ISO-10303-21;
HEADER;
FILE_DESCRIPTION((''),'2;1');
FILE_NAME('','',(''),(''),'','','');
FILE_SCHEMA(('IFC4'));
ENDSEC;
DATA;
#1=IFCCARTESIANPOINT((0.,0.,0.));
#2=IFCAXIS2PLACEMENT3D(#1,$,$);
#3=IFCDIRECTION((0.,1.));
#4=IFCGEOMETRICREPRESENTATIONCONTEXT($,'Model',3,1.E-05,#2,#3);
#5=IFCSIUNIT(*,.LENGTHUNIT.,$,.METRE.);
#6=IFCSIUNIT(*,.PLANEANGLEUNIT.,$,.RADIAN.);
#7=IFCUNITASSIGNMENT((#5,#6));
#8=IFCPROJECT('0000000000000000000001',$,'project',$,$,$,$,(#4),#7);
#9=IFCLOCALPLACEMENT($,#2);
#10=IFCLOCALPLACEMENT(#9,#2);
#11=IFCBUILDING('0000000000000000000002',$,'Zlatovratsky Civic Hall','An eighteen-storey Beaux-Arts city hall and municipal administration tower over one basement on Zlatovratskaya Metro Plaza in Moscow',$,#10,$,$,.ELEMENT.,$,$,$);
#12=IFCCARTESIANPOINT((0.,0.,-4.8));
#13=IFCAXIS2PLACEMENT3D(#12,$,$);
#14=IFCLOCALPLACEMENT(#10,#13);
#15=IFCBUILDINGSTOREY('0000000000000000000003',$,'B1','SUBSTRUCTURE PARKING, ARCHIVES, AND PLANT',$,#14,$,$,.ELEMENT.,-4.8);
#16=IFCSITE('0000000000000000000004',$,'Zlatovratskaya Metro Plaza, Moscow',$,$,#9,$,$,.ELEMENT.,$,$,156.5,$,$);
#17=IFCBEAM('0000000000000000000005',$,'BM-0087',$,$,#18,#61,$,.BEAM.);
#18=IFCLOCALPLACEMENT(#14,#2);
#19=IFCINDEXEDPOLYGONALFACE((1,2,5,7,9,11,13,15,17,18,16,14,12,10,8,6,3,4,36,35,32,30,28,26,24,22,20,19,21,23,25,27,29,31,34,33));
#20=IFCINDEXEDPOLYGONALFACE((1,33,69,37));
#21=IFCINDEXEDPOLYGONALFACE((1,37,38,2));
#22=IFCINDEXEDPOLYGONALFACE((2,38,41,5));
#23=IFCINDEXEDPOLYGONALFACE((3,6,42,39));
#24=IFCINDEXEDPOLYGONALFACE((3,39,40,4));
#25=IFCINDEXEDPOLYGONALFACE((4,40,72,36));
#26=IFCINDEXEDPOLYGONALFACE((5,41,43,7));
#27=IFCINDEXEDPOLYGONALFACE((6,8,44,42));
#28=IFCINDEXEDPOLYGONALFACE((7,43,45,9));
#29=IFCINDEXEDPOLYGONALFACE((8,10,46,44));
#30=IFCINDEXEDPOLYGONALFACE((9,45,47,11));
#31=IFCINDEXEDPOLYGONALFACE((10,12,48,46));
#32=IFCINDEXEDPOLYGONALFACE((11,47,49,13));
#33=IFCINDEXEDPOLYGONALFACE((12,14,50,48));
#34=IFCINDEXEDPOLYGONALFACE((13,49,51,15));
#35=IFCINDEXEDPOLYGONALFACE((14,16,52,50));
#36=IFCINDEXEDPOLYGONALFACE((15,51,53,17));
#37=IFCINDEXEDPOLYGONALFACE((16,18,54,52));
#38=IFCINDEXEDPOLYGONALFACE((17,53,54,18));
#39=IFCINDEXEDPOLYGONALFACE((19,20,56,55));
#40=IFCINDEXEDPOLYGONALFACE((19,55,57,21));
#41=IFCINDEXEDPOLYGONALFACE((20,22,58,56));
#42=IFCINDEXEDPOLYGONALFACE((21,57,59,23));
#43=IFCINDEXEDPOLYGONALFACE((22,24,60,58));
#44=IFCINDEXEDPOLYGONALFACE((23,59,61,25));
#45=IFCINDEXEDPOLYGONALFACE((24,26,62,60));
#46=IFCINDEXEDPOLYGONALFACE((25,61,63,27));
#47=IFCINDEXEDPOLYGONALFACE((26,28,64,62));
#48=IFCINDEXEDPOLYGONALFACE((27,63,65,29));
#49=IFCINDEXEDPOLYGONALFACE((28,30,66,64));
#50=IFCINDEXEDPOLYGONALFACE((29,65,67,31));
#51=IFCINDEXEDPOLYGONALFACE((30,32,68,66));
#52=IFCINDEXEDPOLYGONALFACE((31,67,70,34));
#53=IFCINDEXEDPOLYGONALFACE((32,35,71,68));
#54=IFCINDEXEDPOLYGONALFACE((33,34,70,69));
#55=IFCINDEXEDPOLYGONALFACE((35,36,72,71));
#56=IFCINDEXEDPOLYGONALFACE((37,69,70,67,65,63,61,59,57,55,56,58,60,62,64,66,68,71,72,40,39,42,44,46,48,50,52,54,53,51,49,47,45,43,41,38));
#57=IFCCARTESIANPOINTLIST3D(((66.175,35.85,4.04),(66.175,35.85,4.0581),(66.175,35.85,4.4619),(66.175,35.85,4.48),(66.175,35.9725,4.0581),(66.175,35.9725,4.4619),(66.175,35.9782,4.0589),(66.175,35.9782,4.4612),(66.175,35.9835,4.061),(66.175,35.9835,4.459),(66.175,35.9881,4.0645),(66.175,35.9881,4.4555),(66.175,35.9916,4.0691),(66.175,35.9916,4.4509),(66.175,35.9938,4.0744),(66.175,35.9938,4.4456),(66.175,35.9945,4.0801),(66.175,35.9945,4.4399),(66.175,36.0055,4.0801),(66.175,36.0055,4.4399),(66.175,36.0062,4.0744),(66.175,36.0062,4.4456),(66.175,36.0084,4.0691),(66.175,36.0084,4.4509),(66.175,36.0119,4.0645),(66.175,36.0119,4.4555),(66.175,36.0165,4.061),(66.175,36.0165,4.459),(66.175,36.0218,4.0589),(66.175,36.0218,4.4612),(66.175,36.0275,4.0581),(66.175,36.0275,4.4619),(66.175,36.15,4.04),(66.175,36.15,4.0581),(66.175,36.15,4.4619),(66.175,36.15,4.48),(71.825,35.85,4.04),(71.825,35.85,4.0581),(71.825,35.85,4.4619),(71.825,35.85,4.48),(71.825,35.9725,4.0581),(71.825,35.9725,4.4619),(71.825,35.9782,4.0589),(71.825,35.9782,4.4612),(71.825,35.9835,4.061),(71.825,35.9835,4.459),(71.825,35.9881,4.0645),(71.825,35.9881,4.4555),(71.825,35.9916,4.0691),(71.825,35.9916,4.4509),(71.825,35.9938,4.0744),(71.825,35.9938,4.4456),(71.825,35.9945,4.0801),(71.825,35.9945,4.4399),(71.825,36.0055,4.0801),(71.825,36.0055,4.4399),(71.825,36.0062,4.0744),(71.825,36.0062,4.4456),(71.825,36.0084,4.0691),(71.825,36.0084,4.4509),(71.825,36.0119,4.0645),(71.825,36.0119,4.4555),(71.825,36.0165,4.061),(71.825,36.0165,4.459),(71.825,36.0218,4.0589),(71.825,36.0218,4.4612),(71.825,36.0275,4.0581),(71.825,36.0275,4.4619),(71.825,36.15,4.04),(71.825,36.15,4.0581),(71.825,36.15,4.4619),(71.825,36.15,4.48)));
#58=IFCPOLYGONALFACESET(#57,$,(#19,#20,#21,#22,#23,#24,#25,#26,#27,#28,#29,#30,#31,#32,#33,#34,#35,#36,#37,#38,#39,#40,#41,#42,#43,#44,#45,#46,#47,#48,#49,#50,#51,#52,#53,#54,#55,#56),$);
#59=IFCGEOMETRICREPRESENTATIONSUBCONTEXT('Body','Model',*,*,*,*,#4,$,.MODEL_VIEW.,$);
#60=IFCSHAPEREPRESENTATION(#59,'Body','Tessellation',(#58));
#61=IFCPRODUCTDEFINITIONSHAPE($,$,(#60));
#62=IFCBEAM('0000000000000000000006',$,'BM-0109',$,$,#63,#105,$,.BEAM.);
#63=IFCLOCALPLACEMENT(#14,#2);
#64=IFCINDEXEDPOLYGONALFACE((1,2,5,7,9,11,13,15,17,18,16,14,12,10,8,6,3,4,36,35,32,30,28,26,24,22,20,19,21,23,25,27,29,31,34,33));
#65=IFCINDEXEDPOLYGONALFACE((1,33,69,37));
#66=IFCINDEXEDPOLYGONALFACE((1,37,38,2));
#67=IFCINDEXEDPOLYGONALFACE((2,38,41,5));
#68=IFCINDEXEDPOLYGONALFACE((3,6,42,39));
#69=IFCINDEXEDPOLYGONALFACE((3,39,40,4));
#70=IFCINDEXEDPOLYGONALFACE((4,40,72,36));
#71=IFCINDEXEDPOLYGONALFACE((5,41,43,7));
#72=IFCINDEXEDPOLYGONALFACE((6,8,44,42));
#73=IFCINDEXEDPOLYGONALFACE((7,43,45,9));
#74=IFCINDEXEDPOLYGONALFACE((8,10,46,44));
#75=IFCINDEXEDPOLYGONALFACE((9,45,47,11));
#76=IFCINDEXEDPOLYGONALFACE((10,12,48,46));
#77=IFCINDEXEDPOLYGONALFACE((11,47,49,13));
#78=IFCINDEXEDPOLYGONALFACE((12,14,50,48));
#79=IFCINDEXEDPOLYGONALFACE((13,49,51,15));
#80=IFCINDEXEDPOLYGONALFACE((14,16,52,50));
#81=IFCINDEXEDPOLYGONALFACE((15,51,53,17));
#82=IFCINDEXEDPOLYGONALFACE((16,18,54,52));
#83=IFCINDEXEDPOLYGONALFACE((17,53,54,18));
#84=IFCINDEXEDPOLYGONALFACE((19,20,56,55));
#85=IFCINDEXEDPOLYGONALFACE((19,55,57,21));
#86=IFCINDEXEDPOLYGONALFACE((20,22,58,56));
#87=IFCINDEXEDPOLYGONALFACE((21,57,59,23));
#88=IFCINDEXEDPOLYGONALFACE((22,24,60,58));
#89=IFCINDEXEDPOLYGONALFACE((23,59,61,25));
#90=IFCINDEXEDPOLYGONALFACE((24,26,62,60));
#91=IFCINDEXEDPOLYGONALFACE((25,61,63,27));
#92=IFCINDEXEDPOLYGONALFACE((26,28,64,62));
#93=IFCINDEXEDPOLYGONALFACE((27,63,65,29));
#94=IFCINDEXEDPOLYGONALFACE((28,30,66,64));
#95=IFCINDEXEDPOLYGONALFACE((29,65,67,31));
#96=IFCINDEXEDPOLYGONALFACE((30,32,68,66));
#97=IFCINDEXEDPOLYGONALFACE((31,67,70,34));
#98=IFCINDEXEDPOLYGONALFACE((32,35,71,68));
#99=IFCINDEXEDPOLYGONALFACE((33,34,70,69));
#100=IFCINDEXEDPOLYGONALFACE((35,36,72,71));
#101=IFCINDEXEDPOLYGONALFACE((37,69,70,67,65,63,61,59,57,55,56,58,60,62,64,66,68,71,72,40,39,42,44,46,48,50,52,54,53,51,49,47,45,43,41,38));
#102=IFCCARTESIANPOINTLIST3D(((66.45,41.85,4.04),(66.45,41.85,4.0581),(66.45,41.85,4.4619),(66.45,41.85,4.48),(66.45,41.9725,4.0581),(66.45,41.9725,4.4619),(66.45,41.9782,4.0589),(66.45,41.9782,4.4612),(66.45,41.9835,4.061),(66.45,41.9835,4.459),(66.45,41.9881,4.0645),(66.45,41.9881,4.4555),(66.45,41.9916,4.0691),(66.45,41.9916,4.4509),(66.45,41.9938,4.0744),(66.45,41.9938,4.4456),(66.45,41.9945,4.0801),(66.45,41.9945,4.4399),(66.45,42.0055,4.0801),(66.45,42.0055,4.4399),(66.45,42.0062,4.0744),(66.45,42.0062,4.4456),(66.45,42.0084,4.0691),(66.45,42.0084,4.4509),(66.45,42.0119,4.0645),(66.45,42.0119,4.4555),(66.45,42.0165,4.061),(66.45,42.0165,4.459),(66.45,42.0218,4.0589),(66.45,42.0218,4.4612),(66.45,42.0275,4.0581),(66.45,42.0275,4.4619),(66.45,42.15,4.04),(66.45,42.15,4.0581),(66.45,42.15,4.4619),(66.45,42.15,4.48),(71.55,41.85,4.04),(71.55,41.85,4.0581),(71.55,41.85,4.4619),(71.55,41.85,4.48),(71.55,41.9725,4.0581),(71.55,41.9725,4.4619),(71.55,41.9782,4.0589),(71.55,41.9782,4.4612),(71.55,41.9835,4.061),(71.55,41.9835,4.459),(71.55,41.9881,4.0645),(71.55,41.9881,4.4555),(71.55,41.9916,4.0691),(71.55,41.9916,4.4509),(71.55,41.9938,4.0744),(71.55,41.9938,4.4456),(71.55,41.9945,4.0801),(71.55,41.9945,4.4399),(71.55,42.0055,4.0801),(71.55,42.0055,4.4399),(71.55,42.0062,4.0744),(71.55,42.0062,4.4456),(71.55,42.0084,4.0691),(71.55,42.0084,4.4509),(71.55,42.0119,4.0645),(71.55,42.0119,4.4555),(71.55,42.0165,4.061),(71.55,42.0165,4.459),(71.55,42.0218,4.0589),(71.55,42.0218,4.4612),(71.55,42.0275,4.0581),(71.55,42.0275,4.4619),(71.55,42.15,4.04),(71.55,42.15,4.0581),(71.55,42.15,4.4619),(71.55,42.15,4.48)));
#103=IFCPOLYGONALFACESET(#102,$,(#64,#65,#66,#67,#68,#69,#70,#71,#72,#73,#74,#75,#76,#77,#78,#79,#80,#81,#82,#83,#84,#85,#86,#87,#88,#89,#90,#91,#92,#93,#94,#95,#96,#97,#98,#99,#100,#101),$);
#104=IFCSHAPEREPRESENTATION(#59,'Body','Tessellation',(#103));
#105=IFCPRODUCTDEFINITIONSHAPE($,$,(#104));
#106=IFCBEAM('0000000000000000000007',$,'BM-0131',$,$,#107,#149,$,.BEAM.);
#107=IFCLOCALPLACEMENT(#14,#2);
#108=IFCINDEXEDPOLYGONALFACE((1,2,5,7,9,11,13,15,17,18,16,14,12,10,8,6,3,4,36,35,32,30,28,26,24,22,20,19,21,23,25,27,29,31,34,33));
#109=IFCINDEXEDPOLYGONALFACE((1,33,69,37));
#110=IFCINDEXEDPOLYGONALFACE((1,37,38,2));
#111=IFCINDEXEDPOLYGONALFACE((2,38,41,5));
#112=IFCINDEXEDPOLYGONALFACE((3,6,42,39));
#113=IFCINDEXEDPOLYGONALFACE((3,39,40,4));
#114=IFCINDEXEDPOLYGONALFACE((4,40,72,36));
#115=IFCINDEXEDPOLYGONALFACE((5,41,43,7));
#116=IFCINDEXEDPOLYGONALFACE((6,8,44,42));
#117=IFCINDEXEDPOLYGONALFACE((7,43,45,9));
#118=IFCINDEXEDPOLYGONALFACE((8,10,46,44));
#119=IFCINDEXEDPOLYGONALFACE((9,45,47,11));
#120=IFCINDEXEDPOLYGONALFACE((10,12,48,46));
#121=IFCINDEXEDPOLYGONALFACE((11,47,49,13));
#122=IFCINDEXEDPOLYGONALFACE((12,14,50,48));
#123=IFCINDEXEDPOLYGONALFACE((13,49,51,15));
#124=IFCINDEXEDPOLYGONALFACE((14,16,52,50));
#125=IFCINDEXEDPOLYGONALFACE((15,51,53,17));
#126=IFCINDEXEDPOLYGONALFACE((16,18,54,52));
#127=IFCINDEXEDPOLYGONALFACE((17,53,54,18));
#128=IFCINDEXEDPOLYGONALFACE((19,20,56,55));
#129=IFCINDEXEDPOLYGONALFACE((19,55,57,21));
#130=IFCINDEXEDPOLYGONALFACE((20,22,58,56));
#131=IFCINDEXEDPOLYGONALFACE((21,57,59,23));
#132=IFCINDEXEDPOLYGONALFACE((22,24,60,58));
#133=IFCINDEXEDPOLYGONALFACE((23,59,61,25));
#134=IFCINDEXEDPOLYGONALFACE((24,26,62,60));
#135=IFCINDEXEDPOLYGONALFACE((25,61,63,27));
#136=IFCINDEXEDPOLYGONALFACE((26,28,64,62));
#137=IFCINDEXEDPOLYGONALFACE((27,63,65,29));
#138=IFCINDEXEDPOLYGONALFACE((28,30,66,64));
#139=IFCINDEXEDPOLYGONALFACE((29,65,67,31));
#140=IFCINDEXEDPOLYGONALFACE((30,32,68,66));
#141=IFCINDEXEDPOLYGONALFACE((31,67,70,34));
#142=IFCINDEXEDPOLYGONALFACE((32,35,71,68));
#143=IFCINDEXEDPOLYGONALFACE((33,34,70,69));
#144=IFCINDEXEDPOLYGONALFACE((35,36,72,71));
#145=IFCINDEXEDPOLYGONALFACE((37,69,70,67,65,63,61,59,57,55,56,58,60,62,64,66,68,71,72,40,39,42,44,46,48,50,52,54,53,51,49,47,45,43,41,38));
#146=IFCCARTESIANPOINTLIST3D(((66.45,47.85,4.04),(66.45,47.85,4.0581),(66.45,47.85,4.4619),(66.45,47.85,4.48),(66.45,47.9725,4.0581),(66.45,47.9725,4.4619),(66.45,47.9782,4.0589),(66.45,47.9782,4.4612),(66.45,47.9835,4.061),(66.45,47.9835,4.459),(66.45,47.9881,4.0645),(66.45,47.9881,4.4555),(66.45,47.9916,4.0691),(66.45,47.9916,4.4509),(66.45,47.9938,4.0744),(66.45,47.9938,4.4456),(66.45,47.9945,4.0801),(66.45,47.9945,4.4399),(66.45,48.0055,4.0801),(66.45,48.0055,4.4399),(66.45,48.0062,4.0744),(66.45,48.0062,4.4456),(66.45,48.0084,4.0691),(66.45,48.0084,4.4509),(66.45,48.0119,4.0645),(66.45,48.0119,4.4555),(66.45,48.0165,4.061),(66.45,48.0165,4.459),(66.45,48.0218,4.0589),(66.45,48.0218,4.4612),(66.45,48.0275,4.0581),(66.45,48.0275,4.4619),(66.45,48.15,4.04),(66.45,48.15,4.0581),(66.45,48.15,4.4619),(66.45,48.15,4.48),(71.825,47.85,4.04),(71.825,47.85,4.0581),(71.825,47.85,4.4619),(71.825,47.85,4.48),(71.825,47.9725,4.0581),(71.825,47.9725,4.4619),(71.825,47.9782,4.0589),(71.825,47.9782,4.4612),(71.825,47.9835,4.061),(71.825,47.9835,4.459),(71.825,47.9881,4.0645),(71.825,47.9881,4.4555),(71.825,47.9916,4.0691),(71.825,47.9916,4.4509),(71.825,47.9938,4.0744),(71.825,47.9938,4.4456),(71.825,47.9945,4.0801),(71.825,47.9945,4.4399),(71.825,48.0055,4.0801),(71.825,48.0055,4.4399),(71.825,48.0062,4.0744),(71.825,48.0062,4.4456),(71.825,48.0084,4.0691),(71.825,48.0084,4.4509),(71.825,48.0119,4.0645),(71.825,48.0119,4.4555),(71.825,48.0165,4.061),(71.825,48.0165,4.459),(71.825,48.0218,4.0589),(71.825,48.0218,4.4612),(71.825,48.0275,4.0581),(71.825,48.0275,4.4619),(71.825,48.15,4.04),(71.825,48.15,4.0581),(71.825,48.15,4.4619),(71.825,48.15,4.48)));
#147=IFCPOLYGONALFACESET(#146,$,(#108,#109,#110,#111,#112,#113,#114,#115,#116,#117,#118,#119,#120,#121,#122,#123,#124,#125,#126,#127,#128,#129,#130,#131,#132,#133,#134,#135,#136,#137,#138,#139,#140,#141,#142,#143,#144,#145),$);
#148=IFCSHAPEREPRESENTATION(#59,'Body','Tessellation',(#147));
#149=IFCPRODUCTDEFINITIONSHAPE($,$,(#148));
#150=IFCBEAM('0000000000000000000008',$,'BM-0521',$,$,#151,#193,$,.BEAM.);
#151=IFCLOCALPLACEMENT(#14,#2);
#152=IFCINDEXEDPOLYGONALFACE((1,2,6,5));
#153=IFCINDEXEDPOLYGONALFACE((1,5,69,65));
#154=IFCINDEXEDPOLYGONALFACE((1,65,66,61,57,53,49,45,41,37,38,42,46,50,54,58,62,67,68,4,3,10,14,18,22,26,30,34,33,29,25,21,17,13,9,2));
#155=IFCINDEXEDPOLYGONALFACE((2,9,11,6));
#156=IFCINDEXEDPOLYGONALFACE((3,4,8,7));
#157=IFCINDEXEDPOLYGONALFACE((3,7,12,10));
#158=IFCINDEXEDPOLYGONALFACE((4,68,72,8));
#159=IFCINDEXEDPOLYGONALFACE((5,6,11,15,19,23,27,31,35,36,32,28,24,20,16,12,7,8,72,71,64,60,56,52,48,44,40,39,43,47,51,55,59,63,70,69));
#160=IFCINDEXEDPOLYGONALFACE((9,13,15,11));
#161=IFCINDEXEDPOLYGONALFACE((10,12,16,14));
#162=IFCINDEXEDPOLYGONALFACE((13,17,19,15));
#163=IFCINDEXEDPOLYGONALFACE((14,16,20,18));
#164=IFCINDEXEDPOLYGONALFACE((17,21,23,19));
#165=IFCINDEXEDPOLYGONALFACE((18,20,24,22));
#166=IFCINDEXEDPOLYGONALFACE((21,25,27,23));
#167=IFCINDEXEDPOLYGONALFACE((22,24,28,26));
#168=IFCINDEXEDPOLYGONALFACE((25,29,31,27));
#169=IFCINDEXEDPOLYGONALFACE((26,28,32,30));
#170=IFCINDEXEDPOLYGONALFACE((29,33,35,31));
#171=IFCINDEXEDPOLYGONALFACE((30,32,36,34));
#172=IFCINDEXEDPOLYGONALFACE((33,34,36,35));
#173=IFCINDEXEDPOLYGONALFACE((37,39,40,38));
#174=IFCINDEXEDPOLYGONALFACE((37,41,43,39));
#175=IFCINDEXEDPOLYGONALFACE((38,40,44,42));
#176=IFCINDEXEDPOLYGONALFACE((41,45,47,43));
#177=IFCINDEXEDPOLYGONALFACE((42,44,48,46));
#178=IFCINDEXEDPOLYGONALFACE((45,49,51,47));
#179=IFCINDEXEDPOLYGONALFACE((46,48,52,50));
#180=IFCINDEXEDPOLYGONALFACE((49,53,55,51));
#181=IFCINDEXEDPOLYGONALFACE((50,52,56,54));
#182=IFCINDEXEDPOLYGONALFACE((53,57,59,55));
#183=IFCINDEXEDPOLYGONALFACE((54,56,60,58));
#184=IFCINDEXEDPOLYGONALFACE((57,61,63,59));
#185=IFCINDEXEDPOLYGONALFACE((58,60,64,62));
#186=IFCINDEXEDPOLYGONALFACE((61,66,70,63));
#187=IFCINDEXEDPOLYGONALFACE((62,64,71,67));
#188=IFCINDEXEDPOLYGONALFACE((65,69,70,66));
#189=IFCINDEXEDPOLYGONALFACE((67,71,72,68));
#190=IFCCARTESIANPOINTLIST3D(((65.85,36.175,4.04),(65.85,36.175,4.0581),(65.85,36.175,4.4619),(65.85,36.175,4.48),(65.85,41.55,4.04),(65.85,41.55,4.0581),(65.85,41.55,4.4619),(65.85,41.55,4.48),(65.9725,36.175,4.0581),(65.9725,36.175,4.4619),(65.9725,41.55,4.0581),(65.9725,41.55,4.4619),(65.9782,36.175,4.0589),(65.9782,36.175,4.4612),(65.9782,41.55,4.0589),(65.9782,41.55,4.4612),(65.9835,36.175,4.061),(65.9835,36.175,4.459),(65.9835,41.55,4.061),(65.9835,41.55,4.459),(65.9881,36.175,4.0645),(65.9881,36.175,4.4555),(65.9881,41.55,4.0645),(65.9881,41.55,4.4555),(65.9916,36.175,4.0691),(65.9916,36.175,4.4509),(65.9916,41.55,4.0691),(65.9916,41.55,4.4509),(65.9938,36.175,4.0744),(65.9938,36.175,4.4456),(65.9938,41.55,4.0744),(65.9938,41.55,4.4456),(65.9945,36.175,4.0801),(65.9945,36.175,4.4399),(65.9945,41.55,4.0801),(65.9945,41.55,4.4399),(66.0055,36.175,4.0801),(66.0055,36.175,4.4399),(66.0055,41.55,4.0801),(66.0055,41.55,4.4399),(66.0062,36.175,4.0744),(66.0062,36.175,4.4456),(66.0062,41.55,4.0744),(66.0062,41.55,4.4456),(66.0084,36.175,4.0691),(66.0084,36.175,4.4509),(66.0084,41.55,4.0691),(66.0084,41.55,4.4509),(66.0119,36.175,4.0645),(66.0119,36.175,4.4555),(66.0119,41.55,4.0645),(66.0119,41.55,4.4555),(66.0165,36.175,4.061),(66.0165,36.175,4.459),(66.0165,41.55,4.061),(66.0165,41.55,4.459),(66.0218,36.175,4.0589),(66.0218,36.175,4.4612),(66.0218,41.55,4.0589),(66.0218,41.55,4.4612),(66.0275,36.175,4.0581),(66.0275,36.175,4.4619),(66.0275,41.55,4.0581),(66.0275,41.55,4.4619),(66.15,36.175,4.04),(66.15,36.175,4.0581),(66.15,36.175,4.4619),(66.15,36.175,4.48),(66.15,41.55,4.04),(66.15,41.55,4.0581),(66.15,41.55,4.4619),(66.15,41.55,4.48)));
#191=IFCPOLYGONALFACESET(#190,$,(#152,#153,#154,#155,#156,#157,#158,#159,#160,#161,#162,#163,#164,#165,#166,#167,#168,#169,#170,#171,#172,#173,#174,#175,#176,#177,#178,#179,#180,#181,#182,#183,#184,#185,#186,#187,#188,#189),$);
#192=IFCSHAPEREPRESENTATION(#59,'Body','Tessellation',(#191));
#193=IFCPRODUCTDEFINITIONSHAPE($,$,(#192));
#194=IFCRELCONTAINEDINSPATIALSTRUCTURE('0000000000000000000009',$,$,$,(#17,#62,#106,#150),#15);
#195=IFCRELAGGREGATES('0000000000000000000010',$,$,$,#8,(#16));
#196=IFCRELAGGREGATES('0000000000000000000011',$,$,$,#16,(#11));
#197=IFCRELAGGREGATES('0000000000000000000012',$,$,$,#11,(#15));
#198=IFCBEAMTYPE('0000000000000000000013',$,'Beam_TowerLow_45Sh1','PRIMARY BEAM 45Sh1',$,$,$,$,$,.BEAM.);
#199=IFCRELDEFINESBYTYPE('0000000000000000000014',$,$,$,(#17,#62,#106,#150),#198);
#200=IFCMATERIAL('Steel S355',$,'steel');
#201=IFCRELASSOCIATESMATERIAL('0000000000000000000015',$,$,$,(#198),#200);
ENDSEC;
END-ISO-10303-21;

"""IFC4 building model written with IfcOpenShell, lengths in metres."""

from ifc_helpers import new_model, si_unit, direction, frame, origin, origin_2d, place, context, subcontext, project, spatial, i_section, extrude, material, material_profile, profile_set, type_object, element, save


model = new_model("IFC4")

# Units and contexts
model_context = context("Model", 3, precision=1e-05, world=origin(), true_north=direction((0.0, 1.0)))
body_context = subcontext(model_context, "Body", "Model", "MODEL_VIEW")
ifc_project = project(units=[si_unit("LENGTHUNIT", "METRE"), si_unit("PLANEANGLEUNIT", "RADIAN")], contexts=[model_context])

# Site, building, storey
site_placement = place(None, origin())
site = spatial("IfcSite", under=ifc_project, at=site_placement, Name="Zlatovratskaya Metro Plaza, Moscow", CompositionType="ELEMENT", RefElevation=156.5)
building_placement = place(site_placement, origin())
building = spatial("IfcBuilding", under=site, at=building_placement, Name="Zlatovratsky Civic Hall", Description="An eighteen-storey Beaux-Arts city hall and municipal administration tower over one basement on Zlatovratskaya Metro Plaza in Moscow", CompositionType="ELEMENT")
storey_placement = place(building_placement, frame((0.0, 0.0, -4.8)))
storey = spatial("IfcBuildingStorey", under=building, at=storey_placement, Name="B1", Description="SUBSTRUCTURE PARKING, ARCHIVES, AND PLANT", CompositionType="ELEMENT", Elevation=-4.8)

# Shared definitions
ifc_material_1 = material(Name="Steel S355", Category="steel")

# Beams
ifc_material_profile_1 = material_profile(ifc_material_1, i_section(OverallWidth=0.3, OverallDepth=0.4399, WebThickness=0.011, FlangeThickness=0.0181, FilletRadius=0.022, at=origin_2d()), Name="45Sh1")
ifc_profile_set_1 = profile_set([ifc_material_profile_1], Name="Steel S355")
beam_type = type_object("IfcBeamType", Name="Beam_TowerLow_45Sh1", Description="PRIMARY BEAM 45Sh1", PredefinedType="BEAM", material=ifc_profile_set_1)
beam_1_placement = place(storey_placement, frame((66.175, 36.0, 4.26), z_axis=(1.0, 0.0, 0.0), x_axis=(0.0, 1.0, 0.0)))
element("IfcBeam", 1, at=beam_1_placement, inside=storey, type_object=beam_type, Name="BM-0087", PredefinedType="BEAM", context=body_context, shape_type="SweptSolid", body=[
    extrude(i_section(OverallWidth=0.3, OverallDepth=0.4399, WebThickness=0.011, FlangeThickness=0.0181, FilletRadius=0.022, at=origin_2d()), origin(), (0.0, 0.0, 1.0), 5.6499),
])
beam_2_placement = place(storey_placement, frame((66.45, 42.0, 4.26), z_axis=(1.0, 0.0, 0.0), x_axis=(0.0, 1.0, 0.0)))
element("IfcBeam", 2, at=beam_2_placement, inside=storey, type_object=beam_type, Name="BM-0109", PredefinedType="BEAM", context=body_context, shape_type="SweptSolid", body=[
    extrude(i_section(OverallWidth=0.3, OverallDepth=0.4399, WebThickness=0.011, FlangeThickness=0.0181, FilletRadius=0.022, at=origin_2d()), origin(), (0.0, 0.0, 1.0), 5.1001),
])
for number, where, z_axis, x_axis, name in (
    (3, (66.45, 48.0, 4.26), (1.0, 0.0, 0.0), (0.0, 1.0, 0.0), "BM-0131"),
    (4, (66.0, 36.175, 4.26), (0.0, 1.0, 0.0), (-1.0, 0.0, 0.0), "BM-0521"),
):
    element("IfcBeam", number, at=place(storey_placement, frame(where, z_axis=z_axis, x_axis=x_axis)), inside=storey, type_object=beam_type, Name=name, PredefinedType="BEAM", context=body_context, shape_type="SweptSolid", body=[
        extrude(i_section(OverallWidth=0.3, OverallDepth=0.4399, WebThickness=0.011, FlangeThickness=0.0181, FilletRadius=0.022, at=origin_2d()), origin(), (0.0, 0.0, 1.0), 5.375),
    ])

save(model, "model.ifc")
